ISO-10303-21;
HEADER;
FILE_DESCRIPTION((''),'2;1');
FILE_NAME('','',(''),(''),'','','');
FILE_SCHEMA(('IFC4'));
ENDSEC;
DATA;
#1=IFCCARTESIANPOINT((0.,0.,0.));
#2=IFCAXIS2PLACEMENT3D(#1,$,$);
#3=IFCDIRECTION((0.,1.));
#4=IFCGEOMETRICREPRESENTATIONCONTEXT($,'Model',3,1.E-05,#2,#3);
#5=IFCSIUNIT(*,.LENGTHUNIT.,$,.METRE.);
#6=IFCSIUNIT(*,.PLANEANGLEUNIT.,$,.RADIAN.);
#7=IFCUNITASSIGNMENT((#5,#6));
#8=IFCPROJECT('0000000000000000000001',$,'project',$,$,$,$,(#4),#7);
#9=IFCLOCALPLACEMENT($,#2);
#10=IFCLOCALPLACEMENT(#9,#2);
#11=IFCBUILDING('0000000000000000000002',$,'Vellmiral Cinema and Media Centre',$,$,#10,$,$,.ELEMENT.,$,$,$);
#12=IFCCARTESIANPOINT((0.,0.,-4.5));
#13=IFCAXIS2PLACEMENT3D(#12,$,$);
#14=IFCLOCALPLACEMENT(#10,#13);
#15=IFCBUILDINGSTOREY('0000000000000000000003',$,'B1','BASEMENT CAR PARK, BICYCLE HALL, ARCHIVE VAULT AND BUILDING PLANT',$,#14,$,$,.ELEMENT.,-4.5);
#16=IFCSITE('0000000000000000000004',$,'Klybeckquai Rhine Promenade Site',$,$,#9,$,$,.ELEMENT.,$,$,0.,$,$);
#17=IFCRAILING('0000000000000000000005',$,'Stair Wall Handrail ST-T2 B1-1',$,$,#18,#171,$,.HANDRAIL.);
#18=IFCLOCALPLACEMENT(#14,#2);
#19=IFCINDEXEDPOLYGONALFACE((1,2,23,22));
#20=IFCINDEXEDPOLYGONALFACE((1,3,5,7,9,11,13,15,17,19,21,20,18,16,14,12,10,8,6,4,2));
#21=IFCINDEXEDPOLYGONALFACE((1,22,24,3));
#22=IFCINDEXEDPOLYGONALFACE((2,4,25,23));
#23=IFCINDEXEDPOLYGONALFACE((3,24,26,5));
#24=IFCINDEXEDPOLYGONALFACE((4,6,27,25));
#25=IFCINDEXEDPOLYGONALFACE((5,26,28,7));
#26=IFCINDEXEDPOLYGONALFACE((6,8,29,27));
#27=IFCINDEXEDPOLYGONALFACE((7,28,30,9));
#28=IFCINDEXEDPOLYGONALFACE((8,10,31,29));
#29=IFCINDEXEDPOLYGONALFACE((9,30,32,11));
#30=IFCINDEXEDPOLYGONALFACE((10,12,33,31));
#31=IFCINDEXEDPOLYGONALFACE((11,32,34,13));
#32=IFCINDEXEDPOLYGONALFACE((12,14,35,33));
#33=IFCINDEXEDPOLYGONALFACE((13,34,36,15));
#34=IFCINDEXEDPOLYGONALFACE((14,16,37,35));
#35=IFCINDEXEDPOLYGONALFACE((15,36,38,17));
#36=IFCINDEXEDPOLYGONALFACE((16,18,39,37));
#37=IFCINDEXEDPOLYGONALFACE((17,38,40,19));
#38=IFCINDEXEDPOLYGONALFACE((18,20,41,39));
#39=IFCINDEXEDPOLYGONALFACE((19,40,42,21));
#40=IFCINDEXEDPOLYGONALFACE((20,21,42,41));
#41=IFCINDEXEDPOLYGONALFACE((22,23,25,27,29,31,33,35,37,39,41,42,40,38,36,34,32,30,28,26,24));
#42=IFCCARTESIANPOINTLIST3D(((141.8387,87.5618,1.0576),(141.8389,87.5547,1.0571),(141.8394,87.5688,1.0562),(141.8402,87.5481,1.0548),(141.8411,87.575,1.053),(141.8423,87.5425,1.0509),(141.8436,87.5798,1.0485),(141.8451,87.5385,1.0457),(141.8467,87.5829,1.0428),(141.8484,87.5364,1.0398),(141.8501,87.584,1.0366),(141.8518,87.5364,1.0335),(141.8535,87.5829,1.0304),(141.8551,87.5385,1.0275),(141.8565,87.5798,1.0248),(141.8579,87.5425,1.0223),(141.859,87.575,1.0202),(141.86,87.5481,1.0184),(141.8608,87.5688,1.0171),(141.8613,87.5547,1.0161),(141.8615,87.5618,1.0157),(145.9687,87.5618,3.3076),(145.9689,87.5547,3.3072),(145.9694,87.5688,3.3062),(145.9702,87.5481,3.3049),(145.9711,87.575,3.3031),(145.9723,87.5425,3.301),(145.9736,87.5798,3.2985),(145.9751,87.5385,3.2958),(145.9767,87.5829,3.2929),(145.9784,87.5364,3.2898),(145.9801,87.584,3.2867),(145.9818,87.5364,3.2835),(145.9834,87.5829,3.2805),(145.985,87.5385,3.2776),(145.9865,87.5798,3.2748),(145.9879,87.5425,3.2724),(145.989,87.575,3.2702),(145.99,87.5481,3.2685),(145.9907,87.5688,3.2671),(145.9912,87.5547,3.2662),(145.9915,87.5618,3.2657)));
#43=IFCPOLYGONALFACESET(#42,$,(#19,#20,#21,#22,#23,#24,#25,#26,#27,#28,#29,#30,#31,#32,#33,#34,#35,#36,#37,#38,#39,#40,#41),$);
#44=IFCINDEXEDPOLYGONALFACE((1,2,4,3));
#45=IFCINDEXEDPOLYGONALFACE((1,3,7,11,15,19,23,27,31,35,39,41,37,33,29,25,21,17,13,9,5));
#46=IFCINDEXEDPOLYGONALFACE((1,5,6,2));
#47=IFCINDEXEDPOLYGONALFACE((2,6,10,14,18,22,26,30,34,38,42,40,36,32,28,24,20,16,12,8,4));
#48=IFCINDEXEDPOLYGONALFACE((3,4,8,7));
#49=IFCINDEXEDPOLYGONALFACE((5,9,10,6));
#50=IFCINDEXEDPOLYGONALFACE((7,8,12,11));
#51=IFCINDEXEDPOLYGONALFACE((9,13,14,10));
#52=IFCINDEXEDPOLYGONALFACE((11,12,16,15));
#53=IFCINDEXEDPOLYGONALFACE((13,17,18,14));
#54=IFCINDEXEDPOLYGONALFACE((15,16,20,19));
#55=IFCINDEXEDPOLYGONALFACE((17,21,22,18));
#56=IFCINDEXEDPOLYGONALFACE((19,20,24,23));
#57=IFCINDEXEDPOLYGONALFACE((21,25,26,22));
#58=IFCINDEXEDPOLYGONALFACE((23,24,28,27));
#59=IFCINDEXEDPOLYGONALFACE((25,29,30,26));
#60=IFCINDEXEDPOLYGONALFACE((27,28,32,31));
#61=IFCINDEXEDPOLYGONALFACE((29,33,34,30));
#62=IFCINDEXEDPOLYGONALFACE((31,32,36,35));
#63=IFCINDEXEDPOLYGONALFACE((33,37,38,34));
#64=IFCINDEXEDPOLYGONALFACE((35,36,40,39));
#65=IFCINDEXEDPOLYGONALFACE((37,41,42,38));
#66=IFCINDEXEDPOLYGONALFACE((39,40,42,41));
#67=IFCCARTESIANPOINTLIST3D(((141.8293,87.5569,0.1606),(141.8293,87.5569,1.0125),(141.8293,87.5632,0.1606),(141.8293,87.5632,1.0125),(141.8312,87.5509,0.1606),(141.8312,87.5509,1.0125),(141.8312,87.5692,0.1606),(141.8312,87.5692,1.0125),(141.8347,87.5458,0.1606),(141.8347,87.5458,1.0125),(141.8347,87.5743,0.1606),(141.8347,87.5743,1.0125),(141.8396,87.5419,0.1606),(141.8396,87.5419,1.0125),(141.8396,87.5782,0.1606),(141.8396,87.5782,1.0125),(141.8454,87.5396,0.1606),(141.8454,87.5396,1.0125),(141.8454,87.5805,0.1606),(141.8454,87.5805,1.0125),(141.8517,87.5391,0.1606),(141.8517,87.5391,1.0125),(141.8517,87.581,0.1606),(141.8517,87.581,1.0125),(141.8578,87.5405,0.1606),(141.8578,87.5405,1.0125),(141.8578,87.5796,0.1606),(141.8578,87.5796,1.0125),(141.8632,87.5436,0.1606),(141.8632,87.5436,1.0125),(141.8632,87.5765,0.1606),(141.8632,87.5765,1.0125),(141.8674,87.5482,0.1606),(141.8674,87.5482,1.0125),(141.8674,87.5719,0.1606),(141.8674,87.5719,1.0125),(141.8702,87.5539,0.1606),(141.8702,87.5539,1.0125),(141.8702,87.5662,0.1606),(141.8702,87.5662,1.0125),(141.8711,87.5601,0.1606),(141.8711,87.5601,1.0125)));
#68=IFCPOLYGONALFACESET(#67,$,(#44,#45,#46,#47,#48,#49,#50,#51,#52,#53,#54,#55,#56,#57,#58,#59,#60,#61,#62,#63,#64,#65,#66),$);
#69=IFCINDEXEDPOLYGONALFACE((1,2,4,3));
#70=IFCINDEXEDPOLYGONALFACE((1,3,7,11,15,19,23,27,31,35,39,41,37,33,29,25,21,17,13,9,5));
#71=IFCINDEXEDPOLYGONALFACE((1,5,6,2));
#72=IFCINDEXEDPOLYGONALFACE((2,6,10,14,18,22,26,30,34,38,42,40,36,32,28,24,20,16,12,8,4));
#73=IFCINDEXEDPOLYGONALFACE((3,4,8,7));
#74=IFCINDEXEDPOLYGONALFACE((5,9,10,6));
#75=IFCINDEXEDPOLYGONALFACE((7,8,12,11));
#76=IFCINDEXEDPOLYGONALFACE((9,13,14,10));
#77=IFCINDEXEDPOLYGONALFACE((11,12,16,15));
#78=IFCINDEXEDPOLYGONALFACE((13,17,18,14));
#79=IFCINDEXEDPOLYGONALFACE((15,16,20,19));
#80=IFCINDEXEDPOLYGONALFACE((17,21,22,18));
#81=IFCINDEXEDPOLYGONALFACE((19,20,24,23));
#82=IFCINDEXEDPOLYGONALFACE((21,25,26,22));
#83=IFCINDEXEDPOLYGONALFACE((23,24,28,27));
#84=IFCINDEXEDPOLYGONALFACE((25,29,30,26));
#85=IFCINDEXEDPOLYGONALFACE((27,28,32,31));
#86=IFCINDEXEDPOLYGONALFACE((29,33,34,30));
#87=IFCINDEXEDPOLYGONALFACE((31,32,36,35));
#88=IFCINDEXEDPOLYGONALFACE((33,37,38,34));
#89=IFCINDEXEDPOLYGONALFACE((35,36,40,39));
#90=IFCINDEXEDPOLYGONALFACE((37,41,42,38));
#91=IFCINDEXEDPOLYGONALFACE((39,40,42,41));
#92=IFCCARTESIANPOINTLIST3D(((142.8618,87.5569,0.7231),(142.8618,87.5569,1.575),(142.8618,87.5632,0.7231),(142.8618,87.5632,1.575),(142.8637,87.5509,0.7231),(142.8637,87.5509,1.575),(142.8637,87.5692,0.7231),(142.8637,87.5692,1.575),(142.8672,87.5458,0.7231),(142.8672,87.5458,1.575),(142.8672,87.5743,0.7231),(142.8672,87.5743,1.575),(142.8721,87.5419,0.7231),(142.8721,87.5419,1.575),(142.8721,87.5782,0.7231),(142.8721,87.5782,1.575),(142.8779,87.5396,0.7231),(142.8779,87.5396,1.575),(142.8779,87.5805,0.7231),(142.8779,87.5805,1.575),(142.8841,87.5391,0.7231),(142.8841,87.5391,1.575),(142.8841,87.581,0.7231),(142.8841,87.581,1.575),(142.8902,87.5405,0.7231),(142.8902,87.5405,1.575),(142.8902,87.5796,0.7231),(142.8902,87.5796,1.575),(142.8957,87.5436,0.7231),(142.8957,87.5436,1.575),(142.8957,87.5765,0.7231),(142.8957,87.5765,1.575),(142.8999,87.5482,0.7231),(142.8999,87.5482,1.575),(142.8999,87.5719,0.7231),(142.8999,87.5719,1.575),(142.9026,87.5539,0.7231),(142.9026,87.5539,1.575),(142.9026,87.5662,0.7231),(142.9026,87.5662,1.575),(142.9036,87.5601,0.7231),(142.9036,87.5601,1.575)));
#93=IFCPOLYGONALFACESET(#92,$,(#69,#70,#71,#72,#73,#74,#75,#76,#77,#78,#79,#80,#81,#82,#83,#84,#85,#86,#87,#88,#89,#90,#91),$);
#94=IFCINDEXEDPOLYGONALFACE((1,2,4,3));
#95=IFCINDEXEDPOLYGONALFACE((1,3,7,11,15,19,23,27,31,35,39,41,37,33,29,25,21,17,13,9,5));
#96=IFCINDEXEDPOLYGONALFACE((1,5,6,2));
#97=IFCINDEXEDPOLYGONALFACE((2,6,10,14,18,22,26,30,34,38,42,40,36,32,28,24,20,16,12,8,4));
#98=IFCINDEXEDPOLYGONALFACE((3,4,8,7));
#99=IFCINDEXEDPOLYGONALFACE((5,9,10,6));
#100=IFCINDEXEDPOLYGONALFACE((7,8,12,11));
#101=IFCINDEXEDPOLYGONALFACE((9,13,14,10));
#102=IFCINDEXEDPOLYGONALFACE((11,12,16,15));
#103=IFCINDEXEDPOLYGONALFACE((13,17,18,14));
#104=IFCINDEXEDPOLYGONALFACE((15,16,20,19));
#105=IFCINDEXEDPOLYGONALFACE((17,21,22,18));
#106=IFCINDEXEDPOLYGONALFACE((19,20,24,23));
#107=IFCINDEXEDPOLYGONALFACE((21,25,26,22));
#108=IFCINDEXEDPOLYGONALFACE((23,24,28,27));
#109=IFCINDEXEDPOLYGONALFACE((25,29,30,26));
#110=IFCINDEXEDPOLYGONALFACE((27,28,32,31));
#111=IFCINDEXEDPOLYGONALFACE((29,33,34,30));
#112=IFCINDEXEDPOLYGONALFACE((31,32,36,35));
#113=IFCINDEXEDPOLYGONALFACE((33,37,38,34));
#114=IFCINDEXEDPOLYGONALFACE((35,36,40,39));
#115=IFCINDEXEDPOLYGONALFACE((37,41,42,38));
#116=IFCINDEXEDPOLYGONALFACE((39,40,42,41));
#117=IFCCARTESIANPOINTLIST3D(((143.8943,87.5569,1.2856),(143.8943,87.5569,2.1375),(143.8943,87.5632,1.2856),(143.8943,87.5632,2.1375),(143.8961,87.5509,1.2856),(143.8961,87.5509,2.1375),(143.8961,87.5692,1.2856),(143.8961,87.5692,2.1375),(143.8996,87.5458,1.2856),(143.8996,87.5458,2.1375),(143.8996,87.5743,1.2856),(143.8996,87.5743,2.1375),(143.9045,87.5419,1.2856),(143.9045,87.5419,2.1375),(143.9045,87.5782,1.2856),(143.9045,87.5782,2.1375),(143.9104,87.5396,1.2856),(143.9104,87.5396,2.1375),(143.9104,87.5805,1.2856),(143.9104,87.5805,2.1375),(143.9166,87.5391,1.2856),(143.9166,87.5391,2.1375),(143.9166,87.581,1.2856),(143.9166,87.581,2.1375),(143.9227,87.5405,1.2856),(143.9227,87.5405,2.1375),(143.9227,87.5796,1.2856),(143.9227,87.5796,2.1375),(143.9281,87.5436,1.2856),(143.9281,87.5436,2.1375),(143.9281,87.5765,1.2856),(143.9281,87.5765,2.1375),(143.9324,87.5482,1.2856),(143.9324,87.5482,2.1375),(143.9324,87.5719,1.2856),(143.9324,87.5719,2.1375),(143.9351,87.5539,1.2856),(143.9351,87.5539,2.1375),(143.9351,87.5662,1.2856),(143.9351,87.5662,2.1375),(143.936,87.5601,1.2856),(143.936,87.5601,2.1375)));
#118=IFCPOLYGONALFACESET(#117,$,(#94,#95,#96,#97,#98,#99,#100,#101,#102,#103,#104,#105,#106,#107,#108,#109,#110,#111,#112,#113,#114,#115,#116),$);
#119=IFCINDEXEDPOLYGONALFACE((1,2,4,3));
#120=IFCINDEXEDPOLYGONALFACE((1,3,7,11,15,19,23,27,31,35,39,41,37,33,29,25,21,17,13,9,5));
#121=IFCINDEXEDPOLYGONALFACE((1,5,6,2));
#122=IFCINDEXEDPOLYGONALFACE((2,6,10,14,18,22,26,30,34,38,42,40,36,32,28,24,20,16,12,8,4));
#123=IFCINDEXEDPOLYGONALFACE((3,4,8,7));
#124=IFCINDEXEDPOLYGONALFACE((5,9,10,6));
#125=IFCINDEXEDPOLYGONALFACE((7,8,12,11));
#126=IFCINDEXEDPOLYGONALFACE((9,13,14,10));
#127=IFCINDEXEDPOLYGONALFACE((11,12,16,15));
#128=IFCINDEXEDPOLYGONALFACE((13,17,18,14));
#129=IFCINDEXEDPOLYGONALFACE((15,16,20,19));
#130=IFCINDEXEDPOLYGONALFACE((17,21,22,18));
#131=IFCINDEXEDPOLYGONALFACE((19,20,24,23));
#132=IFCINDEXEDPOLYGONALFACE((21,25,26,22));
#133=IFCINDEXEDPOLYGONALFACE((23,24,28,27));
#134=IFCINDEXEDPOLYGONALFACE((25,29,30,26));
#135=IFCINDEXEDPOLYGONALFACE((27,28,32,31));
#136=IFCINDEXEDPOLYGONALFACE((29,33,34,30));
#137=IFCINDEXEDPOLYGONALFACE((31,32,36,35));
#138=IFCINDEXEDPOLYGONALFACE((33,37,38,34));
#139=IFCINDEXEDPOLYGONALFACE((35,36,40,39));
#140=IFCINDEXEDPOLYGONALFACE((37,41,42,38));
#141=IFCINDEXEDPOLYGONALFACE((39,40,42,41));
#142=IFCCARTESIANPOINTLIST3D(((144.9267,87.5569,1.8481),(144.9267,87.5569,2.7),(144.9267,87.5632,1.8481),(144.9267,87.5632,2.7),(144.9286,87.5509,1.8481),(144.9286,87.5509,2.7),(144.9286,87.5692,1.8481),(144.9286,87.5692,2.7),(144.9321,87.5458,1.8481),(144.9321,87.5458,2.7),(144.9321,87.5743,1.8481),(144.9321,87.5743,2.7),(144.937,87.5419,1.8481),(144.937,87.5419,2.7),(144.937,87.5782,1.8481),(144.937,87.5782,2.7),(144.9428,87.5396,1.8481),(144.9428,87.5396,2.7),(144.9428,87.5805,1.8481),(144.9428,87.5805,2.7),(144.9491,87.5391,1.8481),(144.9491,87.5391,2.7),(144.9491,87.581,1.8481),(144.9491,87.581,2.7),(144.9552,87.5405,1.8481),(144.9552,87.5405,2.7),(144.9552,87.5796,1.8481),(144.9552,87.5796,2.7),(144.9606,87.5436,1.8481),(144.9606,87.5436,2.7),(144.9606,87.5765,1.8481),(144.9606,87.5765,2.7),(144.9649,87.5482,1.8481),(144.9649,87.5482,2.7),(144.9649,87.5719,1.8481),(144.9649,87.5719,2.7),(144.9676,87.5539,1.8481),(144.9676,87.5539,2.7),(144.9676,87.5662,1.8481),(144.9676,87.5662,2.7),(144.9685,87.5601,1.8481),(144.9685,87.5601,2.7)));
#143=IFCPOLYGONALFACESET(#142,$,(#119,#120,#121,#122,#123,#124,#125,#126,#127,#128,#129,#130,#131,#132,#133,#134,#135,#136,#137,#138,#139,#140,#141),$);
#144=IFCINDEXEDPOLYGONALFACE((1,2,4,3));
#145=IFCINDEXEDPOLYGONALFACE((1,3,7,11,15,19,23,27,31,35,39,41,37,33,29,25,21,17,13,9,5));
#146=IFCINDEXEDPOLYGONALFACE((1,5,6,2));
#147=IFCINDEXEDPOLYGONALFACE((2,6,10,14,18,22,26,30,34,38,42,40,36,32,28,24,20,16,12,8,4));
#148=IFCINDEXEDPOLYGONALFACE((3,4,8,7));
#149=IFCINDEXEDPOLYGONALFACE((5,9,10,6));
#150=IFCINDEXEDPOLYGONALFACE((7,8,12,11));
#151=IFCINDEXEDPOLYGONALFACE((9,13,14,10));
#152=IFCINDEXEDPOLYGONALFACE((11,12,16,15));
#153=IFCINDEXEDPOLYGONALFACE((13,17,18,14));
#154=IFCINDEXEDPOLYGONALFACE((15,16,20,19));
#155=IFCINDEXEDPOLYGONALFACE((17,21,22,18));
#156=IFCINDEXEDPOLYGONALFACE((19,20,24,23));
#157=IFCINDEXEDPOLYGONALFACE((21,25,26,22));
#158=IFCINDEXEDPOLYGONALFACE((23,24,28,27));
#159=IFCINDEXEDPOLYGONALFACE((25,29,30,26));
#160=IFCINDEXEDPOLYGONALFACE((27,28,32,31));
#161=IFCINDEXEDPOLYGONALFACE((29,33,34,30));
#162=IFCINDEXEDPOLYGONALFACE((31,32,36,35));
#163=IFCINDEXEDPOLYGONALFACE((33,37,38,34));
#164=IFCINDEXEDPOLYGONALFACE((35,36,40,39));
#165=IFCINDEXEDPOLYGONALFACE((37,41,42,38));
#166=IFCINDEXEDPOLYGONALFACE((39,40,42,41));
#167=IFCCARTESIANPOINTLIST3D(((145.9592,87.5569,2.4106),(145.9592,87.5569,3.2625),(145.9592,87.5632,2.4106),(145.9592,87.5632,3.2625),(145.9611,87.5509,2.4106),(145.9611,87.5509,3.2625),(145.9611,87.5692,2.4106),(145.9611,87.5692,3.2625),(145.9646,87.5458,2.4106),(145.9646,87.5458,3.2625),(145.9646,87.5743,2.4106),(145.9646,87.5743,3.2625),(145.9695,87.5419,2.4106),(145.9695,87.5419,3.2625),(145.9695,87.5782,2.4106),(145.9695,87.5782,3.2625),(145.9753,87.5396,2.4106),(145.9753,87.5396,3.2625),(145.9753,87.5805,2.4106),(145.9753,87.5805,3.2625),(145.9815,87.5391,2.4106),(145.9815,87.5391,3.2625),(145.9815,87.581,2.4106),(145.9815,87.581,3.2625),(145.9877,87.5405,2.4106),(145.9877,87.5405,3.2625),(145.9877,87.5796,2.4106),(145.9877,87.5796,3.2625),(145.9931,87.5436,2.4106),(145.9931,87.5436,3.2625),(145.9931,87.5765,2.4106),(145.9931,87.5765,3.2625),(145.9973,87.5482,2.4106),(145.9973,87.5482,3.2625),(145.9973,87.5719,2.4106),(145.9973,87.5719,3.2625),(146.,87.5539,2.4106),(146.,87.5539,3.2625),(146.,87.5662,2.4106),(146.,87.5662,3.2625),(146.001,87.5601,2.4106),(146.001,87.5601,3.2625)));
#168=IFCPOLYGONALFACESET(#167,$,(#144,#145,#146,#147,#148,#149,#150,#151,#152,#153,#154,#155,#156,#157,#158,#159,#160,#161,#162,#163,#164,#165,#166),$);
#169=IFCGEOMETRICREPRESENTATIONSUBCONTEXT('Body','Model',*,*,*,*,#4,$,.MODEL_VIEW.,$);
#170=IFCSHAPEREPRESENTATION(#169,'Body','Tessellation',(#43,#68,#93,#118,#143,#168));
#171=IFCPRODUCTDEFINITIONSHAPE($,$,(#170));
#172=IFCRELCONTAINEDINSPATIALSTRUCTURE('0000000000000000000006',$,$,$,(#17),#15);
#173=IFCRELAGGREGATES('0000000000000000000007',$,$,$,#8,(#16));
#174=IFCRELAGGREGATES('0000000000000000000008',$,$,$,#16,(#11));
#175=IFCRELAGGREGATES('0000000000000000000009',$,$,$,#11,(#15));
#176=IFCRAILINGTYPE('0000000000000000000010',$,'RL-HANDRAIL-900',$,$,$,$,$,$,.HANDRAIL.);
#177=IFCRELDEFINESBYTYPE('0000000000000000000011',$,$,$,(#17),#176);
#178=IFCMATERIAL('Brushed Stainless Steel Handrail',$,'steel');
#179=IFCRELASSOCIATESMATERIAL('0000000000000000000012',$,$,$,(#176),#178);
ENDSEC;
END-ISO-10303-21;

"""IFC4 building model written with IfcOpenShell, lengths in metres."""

from ifc_helpers import new_model, si_unit, direction, frame, origin, origin_2d, place, context, subcontext, project, spatial, circle, extrude, material, type_object, element, save


model = new_model("IFC4")

# Units and contexts
model_context = context("Model", 3, precision=1e-05, world=origin(), true_north=direction((0.0, 1.0)))
body_context = subcontext(model_context, "Body", "Model", "MODEL_VIEW")
ifc_project = project(units=[si_unit("LENGTHUNIT", "METRE"), si_unit("PLANEANGLEUNIT", "RADIAN")], contexts=[model_context])

# Site, building, storey
site_placement = place(None, origin())
site = spatial("IfcSite", under=ifc_project, at=site_placement, Name="Klybeckquai Rhine Promenade Site", CompositionType="ELEMENT", RefElevation=0.0)
building_placement = place(site_placement, origin())
building = spatial("IfcBuilding", under=site, at=building_placement, Name="Vellmiral Cinema and Media Centre", CompositionType="ELEMENT")
storey_placement = place(building_placement, frame((0.0, 0.0, -4.5)))
storey = spatial("IfcBuildingStorey", under=building, at=storey_placement, Name="B1", Description="BASEMENT CAR PARK, BICYCLE HALL, ARCHIVE VAULT AND BUILDING PLANT", CompositionType="ELEMENT", Elevation=-4.5)

# Railing
ifc_material_1 = material(Name="Brushed Stainless Steel Handrail", Category="steel")
railing_type = type_object("IfcRailingType", Name="RL-HANDRAIL-900", PredefinedType="HANDRAIL", material=ifc_material_1)
railing_placement = place(storey_placement, frame((141.8501, 87.5601, 0.1606)))
element("IfcRailing", 1, at=railing_placement, inside=storey, type_object=railing_type, Name="Stair Wall Handrail ST-T2 B1-1", PredefinedType="HANDRAIL", context=body_context, shape_type="SweptSolid", body=[
    extrude(circle(Radius=0.0239, at=origin_2d()), frame((0.0, 0.0, 0.876), z_axis=(0.878134, 0.0, 0.478416), x_axis=(0.0, 1.0, 0.0)), (0.0, 0.0, 1.0), 4.7031),
    extrude(circle(Radius=0.021, at=origin_2d()), origin(), (0.0, 0.0, 1.0), 0.8518),
    extrude(circle(Radius=0.021, at=origin_2d()), frame((1.0325, 0.0, 0.5625)), (0.0, 0.0, 1.0), 0.8518),
    extrude(circle(Radius=0.021, at=origin_2d()), frame((2.0649, 0.0, 1.125)), (0.0, 0.0, 1.0), 0.8518),
    extrude(circle(Radius=0.021, at=origin_2d()), frame((3.0974, 0.0, 1.6875)), (0.0, 0.0, 1.0), 0.8518),
    extrude(circle(Radius=0.021, at=origin_2d()), frame((4.1299, 0.0, 2.25)), (0.0, 0.0, 1.0), 0.8518),
])

save(model, "model.ifc")
